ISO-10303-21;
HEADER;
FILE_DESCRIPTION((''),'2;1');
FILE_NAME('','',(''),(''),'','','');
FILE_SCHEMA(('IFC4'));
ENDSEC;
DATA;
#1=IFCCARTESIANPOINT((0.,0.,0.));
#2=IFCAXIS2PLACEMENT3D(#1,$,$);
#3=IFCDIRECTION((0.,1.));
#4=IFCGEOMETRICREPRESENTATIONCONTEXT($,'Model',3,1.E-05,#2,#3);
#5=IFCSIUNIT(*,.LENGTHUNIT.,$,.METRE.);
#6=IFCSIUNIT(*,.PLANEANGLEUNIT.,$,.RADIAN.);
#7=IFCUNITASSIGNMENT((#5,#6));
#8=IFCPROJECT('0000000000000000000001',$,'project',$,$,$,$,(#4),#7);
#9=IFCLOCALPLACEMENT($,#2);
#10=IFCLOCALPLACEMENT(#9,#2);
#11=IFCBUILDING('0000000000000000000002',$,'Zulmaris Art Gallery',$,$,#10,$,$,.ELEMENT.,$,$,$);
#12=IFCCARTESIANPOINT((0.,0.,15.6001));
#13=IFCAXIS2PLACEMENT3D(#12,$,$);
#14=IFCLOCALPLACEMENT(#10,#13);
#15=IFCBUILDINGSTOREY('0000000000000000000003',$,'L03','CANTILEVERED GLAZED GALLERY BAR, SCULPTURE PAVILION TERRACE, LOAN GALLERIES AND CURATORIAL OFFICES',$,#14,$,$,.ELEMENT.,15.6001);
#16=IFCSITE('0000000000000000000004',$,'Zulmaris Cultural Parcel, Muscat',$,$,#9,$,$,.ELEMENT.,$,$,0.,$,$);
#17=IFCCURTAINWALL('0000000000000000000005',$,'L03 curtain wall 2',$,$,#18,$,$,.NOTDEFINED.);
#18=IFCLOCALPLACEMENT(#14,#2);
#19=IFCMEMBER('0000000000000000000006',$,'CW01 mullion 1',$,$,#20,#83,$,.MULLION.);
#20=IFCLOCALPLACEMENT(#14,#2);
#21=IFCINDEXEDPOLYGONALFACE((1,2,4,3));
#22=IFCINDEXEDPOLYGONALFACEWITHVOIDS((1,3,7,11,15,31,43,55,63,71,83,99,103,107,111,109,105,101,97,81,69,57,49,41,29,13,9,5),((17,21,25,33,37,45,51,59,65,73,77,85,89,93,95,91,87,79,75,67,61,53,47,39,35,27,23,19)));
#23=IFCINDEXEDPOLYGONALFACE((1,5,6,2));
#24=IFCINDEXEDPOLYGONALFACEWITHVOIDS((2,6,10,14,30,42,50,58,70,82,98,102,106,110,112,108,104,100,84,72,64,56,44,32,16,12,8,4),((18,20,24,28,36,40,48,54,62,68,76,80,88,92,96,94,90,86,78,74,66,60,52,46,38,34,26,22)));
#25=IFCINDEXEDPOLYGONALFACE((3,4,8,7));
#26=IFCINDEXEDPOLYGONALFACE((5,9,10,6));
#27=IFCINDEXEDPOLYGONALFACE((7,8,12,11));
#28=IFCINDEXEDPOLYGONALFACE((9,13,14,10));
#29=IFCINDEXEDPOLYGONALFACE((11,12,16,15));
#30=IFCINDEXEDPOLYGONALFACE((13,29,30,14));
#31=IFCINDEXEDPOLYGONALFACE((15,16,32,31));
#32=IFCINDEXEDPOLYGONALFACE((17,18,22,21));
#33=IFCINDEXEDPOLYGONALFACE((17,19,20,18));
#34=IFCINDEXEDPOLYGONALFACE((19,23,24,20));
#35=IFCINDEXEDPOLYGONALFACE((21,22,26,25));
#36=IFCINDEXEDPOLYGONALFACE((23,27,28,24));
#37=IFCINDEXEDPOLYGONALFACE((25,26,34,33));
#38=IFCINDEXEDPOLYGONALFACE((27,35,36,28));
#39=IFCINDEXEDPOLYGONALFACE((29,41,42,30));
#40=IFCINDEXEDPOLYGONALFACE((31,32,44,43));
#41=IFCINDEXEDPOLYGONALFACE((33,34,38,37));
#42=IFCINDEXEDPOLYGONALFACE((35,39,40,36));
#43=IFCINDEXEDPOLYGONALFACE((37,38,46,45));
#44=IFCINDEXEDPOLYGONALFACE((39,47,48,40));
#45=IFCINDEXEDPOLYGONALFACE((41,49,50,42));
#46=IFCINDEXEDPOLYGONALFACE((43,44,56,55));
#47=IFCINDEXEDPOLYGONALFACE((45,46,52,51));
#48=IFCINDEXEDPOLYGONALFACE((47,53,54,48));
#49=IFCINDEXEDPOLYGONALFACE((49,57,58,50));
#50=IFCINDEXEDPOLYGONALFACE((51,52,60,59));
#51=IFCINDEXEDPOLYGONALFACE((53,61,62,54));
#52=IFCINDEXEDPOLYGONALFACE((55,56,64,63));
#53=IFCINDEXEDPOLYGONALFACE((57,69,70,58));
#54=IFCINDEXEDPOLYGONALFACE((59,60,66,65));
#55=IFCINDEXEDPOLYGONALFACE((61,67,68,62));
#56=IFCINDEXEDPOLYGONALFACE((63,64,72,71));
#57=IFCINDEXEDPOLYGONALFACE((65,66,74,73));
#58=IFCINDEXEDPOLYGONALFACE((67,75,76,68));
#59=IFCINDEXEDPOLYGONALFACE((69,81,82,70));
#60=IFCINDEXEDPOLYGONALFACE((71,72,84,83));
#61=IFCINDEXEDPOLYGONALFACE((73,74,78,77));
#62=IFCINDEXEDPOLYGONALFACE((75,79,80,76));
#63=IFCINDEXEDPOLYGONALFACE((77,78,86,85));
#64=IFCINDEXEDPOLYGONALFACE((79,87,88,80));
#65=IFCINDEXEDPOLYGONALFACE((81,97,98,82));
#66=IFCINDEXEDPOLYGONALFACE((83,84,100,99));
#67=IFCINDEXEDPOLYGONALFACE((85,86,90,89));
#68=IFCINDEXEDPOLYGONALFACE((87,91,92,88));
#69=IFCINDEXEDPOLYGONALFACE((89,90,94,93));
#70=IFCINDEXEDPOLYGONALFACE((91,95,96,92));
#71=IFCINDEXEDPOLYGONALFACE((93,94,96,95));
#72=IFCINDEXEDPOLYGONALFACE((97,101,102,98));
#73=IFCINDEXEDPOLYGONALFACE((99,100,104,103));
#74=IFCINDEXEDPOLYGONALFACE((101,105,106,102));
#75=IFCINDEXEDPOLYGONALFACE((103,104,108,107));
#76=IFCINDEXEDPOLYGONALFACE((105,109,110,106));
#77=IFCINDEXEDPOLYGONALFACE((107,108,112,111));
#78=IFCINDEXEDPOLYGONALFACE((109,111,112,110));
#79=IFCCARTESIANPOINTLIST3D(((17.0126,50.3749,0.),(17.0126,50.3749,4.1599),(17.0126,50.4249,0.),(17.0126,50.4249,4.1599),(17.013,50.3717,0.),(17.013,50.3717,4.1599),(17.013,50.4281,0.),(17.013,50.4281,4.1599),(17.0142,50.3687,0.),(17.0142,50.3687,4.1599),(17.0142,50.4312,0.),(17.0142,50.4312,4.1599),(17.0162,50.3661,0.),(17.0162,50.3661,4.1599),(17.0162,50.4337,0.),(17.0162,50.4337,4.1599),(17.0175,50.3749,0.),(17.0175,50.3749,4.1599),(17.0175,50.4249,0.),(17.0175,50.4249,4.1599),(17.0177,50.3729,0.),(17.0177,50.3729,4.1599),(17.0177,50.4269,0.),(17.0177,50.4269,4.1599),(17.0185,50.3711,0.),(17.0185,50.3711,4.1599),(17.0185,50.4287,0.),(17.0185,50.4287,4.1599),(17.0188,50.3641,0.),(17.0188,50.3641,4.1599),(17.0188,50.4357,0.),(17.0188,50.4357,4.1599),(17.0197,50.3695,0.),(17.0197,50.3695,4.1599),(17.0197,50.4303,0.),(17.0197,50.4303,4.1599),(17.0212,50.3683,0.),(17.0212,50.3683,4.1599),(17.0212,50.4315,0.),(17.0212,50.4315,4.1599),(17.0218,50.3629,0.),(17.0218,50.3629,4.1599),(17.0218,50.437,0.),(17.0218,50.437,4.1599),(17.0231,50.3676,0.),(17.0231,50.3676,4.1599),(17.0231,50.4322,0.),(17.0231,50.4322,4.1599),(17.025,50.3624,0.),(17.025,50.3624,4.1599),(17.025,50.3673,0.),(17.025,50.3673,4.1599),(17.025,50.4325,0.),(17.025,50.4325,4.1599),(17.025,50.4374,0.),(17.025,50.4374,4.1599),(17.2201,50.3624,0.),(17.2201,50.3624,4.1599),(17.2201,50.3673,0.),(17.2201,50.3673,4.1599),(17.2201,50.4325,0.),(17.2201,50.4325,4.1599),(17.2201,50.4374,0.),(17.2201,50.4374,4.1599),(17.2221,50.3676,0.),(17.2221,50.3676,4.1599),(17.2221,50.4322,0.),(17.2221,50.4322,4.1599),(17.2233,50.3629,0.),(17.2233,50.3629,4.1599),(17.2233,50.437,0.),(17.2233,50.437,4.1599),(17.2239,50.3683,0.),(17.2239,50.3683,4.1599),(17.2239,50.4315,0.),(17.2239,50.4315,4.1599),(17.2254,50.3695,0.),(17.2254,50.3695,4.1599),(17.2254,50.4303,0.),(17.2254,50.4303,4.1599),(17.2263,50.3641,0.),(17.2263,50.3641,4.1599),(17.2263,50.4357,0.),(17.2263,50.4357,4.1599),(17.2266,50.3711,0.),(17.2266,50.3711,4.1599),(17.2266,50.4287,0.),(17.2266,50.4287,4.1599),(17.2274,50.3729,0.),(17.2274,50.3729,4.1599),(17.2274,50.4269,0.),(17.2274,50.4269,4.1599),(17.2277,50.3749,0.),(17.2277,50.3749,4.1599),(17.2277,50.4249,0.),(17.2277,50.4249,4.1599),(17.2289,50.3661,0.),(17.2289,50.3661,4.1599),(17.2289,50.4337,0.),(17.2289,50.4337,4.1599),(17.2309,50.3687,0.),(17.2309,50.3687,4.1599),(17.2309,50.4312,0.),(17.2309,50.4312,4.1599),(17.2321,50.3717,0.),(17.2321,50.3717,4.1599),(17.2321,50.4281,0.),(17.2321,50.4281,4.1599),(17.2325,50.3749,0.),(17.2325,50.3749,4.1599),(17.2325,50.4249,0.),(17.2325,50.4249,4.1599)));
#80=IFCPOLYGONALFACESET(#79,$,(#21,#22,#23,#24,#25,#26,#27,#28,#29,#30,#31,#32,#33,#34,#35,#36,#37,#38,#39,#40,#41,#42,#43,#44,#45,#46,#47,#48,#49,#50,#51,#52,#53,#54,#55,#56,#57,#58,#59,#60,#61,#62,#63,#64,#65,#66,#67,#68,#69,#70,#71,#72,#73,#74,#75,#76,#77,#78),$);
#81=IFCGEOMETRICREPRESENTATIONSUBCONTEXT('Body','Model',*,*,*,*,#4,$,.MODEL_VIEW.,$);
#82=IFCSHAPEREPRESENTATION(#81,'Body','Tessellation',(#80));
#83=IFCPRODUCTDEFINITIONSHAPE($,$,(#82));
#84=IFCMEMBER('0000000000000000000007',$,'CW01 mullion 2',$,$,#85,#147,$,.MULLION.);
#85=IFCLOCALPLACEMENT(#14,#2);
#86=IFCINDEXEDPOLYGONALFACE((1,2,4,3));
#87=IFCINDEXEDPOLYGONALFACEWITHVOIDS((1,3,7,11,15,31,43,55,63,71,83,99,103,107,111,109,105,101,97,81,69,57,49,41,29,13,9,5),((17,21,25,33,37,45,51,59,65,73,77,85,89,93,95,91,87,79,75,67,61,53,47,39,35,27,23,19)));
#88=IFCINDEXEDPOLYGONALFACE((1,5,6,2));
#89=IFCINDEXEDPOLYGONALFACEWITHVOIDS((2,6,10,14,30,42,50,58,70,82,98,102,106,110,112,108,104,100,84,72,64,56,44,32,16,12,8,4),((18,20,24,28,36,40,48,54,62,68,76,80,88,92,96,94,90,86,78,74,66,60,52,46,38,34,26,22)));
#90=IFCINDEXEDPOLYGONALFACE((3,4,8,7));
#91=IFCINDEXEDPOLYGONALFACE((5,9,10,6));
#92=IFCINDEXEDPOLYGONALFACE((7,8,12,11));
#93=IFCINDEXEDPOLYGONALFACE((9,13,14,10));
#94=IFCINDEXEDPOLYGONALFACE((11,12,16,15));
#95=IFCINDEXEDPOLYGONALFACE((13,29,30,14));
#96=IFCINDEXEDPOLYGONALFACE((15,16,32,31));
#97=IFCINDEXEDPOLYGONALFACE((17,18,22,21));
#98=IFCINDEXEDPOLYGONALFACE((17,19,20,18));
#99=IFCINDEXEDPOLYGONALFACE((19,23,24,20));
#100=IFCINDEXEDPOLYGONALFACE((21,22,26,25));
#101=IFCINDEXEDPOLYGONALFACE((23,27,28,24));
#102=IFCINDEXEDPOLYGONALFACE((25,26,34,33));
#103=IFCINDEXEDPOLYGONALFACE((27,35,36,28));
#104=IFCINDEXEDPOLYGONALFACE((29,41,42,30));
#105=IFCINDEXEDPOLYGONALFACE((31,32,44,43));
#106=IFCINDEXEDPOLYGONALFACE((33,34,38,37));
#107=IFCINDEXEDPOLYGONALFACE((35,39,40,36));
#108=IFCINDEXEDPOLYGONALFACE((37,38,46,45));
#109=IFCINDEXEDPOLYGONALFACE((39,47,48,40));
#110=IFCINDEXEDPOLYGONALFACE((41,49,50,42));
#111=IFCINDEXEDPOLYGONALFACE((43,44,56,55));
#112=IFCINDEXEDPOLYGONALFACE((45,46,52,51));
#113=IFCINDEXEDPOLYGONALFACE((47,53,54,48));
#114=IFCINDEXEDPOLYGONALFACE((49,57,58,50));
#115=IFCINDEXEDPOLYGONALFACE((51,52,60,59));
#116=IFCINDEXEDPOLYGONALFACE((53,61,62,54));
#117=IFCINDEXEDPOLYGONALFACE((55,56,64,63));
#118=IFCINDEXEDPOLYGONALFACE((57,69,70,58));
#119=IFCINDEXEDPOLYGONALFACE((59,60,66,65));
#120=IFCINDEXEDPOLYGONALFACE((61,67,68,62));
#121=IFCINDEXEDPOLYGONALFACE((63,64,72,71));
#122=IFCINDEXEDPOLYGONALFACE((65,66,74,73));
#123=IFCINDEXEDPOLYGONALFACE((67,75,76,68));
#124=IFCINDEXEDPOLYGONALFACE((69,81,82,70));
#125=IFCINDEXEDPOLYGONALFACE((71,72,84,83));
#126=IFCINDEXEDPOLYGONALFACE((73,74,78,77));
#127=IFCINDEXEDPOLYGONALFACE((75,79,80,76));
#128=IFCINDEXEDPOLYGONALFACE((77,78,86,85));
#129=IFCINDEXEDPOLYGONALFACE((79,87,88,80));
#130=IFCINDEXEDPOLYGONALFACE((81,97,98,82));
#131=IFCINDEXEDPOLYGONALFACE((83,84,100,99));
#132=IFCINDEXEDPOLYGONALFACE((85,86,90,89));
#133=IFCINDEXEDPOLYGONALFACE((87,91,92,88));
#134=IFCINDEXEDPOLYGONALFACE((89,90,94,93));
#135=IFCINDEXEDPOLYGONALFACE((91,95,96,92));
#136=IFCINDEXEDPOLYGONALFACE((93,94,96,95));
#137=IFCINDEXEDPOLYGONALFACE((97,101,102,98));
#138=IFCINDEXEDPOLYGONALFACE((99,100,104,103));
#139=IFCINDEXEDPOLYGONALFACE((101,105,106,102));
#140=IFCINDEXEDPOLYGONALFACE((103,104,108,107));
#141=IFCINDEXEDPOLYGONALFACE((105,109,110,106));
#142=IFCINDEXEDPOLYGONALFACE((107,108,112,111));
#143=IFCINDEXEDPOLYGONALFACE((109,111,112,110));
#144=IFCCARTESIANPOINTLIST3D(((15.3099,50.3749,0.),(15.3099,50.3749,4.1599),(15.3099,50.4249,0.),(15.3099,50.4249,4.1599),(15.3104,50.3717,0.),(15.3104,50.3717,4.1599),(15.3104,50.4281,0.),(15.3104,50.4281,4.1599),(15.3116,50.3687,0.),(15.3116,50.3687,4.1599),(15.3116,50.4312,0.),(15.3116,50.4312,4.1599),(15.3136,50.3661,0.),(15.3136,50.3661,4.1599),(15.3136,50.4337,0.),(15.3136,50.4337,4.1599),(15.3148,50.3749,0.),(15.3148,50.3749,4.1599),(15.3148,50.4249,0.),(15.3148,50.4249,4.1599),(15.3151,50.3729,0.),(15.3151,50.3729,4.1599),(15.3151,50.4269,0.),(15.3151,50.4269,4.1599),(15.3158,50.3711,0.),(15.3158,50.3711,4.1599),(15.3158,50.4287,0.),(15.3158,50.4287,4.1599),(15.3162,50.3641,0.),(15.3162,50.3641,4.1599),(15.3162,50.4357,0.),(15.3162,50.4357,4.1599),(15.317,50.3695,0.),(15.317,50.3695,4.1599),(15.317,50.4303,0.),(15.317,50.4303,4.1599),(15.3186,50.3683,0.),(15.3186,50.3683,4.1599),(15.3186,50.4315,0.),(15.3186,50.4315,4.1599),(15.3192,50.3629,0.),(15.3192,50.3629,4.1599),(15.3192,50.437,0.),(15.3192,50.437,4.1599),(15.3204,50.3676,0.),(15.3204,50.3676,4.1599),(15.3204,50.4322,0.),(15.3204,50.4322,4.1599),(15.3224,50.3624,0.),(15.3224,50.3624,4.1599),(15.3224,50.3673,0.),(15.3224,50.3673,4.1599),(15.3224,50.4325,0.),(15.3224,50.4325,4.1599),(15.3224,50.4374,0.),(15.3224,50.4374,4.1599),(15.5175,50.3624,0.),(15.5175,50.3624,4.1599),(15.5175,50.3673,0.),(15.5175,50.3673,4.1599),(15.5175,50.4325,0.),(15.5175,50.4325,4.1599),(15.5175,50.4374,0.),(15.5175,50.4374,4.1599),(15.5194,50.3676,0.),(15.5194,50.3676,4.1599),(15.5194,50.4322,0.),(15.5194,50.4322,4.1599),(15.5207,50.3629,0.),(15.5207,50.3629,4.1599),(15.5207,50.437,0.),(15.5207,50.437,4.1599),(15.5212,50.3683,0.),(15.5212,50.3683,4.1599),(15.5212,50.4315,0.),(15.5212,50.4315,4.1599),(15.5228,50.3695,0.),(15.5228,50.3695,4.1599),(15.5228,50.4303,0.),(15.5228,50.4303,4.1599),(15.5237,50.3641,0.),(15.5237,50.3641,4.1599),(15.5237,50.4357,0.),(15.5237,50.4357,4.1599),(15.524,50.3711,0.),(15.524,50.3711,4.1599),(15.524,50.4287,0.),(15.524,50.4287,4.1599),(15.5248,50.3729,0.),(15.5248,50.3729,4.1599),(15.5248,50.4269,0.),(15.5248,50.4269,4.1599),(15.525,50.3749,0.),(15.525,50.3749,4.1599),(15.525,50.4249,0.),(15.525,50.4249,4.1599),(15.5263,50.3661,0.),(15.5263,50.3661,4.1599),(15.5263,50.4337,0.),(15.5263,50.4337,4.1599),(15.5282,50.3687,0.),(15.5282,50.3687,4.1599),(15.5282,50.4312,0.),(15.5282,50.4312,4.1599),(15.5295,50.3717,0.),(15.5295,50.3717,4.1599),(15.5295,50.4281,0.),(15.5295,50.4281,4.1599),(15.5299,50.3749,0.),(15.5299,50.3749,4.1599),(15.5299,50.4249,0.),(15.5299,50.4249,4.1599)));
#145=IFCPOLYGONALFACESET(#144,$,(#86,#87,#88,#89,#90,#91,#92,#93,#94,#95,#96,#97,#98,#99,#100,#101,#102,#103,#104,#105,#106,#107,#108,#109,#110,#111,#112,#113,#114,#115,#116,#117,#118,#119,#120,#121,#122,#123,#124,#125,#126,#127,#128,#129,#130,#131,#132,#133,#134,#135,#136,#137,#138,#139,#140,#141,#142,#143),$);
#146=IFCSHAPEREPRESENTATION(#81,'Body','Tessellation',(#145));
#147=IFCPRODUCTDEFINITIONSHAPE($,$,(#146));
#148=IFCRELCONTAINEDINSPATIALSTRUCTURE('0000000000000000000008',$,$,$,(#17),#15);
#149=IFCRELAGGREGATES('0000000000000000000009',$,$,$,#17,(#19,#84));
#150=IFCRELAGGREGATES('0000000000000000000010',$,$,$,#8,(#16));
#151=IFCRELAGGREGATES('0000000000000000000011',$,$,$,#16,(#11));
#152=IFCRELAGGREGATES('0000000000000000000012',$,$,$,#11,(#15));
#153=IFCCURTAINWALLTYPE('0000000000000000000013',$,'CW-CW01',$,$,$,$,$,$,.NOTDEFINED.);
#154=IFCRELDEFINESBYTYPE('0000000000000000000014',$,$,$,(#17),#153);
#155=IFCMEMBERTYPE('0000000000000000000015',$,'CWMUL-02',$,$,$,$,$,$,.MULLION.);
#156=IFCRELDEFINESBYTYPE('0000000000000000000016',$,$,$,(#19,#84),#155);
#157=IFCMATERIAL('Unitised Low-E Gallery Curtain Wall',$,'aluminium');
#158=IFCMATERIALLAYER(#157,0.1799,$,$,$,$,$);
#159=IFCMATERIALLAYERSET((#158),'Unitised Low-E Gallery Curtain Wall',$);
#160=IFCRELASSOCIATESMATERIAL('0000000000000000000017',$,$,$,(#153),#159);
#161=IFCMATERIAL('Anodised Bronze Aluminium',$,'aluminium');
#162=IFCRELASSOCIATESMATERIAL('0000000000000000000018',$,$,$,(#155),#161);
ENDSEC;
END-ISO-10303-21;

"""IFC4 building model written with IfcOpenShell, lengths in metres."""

from ifc_helpers import new_model, si_unit, direction, frame, origin, origin_2d, place, context, subcontext, project, spatial, hollow_rectangle, extrude, material, layer, layer_set, material_profile, profile_set, type_object, element, aggregate, save


model = new_model("IFC4")

# Units and contexts
model_context = context("Model", 3, precision=1e-05, world=origin(), true_north=direction((0.0, 1.0)))
body_context = subcontext(model_context, "Body", "Model", "MODEL_VIEW")
ifc_project = project(units=[si_unit("LENGTHUNIT", "METRE"), si_unit("PLANEANGLEUNIT", "RADIAN")], contexts=[model_context])

# Site, building, storey
site_placement = place(None, origin())
site = spatial("IfcSite", under=ifc_project, at=site_placement, Name="Zulmaris Cultural Parcel, Muscat", CompositionType="ELEMENT", RefElevation=0.0)
building_placement = place(site_placement, origin())
building = spatial("IfcBuilding", under=site, at=building_placement, Name="Zulmaris Art Gallery", CompositionType="ELEMENT")
storey_placement = place(building_placement, frame((0.0, 0.0, 15.6001)))
storey = spatial("IfcBuildingStorey", under=building, at=storey_placement, Name="L03", Description="CANTILEVERED GLAZED GALLERY BAR, SCULPTURE PAVILION TERRACE, LOAN GALLERIES AND CURATORIAL OFFICES", CompositionType="ELEMENT", Elevation=15.6001)

# Curtain wall, members
ifc_material_1 = material(Name="Unitised Low-E Gallery Curtain Wall", Category="aluminium")
ifc_layer_1 = layer(ifc_material_1, 0.1799)
ifc_layer_set_1 = layer_set([ifc_layer_1], Name="Unitised Low-E Gallery Curtain Wall")
curtain_wall_type = type_object("IfcCurtainWallType", Name="CW-CW01", PredefinedType="NOTDEFINED", material=ifc_layer_set_1)
curtain_wall_1_placement = place(storey_placement, origin())
curtain_wall_1 = element("IfcCurtainWall", 1, at=curtain_wall_1_placement, inside=storey, type_object=curtain_wall_type, Name="L03 curtain wall 2", PredefinedType="NOTDEFINED")
ifc_material_2 = material(Name="Anodised Bronze Aluminium", Category="aluminium")
ifc_material_profile_1 = material_profile(ifc_material_2, hollow_rectangle(XDim=0.075, YDim=0.22, WallThickness=0.0049, InnerFilletRadius=0.0076, OuterFilletRadius=0.0125, at=origin_2d()), Name="ALU 75x220x5")
ifc_profile_set_1 = profile_set([ifc_material_profile_1], Name="Anodised Bronze Aluminium")
member_type_1 = type_object("IfcMemberType", Name="CWMUL-02", PredefinedType="MULLION", material=ifc_profile_set_1)
member_1_placement = place(storey_placement, frame((17.1226, 50.3999, 0.0), z_axis=(0.0, 0.0, 1.0), x_axis=(0.0, -1.0, 0.0)))
member_1 = element("IfcMember", 2, at=member_1_placement, type_object=member_type_1, Name="CW01 mullion 1", PredefinedType="MULLION", context=body_context, shape_type="SweptSolid", body=[
    extrude(hollow_rectangle(XDim=0.075, YDim=0.22, WallThickness=0.0049, InnerFilletRadius=0.0076, OuterFilletRadius=0.0125, at=origin_2d()), origin(), (0.0, 0.0, 1.0), 4.1599),
])
member_2_placement = place(storey_placement, frame((15.4199, 50.3999, 0.0), z_axis=(0.0, 0.0, 1.0), x_axis=(0.0, -1.0, 0.0)))
member_2 = element("IfcMember", 3, at=member_2_placement, type_object=member_type_1, Name="CW01 mullion 2", PredefinedType="MULLION", context=body_context, shape_type="SweptSolid", body=[
    extrude(hollow_rectangle(XDim=0.075, YDim=0.22, WallThickness=0.0049, InnerFilletRadius=0.0076, OuterFilletRadius=0.0125, at=origin_2d()), origin(), (0.0, 0.0, 1.0), 4.1599),
])

aggregate(curtain_wall_1, [member_1, member_2])

save(model, "model.ifc")
